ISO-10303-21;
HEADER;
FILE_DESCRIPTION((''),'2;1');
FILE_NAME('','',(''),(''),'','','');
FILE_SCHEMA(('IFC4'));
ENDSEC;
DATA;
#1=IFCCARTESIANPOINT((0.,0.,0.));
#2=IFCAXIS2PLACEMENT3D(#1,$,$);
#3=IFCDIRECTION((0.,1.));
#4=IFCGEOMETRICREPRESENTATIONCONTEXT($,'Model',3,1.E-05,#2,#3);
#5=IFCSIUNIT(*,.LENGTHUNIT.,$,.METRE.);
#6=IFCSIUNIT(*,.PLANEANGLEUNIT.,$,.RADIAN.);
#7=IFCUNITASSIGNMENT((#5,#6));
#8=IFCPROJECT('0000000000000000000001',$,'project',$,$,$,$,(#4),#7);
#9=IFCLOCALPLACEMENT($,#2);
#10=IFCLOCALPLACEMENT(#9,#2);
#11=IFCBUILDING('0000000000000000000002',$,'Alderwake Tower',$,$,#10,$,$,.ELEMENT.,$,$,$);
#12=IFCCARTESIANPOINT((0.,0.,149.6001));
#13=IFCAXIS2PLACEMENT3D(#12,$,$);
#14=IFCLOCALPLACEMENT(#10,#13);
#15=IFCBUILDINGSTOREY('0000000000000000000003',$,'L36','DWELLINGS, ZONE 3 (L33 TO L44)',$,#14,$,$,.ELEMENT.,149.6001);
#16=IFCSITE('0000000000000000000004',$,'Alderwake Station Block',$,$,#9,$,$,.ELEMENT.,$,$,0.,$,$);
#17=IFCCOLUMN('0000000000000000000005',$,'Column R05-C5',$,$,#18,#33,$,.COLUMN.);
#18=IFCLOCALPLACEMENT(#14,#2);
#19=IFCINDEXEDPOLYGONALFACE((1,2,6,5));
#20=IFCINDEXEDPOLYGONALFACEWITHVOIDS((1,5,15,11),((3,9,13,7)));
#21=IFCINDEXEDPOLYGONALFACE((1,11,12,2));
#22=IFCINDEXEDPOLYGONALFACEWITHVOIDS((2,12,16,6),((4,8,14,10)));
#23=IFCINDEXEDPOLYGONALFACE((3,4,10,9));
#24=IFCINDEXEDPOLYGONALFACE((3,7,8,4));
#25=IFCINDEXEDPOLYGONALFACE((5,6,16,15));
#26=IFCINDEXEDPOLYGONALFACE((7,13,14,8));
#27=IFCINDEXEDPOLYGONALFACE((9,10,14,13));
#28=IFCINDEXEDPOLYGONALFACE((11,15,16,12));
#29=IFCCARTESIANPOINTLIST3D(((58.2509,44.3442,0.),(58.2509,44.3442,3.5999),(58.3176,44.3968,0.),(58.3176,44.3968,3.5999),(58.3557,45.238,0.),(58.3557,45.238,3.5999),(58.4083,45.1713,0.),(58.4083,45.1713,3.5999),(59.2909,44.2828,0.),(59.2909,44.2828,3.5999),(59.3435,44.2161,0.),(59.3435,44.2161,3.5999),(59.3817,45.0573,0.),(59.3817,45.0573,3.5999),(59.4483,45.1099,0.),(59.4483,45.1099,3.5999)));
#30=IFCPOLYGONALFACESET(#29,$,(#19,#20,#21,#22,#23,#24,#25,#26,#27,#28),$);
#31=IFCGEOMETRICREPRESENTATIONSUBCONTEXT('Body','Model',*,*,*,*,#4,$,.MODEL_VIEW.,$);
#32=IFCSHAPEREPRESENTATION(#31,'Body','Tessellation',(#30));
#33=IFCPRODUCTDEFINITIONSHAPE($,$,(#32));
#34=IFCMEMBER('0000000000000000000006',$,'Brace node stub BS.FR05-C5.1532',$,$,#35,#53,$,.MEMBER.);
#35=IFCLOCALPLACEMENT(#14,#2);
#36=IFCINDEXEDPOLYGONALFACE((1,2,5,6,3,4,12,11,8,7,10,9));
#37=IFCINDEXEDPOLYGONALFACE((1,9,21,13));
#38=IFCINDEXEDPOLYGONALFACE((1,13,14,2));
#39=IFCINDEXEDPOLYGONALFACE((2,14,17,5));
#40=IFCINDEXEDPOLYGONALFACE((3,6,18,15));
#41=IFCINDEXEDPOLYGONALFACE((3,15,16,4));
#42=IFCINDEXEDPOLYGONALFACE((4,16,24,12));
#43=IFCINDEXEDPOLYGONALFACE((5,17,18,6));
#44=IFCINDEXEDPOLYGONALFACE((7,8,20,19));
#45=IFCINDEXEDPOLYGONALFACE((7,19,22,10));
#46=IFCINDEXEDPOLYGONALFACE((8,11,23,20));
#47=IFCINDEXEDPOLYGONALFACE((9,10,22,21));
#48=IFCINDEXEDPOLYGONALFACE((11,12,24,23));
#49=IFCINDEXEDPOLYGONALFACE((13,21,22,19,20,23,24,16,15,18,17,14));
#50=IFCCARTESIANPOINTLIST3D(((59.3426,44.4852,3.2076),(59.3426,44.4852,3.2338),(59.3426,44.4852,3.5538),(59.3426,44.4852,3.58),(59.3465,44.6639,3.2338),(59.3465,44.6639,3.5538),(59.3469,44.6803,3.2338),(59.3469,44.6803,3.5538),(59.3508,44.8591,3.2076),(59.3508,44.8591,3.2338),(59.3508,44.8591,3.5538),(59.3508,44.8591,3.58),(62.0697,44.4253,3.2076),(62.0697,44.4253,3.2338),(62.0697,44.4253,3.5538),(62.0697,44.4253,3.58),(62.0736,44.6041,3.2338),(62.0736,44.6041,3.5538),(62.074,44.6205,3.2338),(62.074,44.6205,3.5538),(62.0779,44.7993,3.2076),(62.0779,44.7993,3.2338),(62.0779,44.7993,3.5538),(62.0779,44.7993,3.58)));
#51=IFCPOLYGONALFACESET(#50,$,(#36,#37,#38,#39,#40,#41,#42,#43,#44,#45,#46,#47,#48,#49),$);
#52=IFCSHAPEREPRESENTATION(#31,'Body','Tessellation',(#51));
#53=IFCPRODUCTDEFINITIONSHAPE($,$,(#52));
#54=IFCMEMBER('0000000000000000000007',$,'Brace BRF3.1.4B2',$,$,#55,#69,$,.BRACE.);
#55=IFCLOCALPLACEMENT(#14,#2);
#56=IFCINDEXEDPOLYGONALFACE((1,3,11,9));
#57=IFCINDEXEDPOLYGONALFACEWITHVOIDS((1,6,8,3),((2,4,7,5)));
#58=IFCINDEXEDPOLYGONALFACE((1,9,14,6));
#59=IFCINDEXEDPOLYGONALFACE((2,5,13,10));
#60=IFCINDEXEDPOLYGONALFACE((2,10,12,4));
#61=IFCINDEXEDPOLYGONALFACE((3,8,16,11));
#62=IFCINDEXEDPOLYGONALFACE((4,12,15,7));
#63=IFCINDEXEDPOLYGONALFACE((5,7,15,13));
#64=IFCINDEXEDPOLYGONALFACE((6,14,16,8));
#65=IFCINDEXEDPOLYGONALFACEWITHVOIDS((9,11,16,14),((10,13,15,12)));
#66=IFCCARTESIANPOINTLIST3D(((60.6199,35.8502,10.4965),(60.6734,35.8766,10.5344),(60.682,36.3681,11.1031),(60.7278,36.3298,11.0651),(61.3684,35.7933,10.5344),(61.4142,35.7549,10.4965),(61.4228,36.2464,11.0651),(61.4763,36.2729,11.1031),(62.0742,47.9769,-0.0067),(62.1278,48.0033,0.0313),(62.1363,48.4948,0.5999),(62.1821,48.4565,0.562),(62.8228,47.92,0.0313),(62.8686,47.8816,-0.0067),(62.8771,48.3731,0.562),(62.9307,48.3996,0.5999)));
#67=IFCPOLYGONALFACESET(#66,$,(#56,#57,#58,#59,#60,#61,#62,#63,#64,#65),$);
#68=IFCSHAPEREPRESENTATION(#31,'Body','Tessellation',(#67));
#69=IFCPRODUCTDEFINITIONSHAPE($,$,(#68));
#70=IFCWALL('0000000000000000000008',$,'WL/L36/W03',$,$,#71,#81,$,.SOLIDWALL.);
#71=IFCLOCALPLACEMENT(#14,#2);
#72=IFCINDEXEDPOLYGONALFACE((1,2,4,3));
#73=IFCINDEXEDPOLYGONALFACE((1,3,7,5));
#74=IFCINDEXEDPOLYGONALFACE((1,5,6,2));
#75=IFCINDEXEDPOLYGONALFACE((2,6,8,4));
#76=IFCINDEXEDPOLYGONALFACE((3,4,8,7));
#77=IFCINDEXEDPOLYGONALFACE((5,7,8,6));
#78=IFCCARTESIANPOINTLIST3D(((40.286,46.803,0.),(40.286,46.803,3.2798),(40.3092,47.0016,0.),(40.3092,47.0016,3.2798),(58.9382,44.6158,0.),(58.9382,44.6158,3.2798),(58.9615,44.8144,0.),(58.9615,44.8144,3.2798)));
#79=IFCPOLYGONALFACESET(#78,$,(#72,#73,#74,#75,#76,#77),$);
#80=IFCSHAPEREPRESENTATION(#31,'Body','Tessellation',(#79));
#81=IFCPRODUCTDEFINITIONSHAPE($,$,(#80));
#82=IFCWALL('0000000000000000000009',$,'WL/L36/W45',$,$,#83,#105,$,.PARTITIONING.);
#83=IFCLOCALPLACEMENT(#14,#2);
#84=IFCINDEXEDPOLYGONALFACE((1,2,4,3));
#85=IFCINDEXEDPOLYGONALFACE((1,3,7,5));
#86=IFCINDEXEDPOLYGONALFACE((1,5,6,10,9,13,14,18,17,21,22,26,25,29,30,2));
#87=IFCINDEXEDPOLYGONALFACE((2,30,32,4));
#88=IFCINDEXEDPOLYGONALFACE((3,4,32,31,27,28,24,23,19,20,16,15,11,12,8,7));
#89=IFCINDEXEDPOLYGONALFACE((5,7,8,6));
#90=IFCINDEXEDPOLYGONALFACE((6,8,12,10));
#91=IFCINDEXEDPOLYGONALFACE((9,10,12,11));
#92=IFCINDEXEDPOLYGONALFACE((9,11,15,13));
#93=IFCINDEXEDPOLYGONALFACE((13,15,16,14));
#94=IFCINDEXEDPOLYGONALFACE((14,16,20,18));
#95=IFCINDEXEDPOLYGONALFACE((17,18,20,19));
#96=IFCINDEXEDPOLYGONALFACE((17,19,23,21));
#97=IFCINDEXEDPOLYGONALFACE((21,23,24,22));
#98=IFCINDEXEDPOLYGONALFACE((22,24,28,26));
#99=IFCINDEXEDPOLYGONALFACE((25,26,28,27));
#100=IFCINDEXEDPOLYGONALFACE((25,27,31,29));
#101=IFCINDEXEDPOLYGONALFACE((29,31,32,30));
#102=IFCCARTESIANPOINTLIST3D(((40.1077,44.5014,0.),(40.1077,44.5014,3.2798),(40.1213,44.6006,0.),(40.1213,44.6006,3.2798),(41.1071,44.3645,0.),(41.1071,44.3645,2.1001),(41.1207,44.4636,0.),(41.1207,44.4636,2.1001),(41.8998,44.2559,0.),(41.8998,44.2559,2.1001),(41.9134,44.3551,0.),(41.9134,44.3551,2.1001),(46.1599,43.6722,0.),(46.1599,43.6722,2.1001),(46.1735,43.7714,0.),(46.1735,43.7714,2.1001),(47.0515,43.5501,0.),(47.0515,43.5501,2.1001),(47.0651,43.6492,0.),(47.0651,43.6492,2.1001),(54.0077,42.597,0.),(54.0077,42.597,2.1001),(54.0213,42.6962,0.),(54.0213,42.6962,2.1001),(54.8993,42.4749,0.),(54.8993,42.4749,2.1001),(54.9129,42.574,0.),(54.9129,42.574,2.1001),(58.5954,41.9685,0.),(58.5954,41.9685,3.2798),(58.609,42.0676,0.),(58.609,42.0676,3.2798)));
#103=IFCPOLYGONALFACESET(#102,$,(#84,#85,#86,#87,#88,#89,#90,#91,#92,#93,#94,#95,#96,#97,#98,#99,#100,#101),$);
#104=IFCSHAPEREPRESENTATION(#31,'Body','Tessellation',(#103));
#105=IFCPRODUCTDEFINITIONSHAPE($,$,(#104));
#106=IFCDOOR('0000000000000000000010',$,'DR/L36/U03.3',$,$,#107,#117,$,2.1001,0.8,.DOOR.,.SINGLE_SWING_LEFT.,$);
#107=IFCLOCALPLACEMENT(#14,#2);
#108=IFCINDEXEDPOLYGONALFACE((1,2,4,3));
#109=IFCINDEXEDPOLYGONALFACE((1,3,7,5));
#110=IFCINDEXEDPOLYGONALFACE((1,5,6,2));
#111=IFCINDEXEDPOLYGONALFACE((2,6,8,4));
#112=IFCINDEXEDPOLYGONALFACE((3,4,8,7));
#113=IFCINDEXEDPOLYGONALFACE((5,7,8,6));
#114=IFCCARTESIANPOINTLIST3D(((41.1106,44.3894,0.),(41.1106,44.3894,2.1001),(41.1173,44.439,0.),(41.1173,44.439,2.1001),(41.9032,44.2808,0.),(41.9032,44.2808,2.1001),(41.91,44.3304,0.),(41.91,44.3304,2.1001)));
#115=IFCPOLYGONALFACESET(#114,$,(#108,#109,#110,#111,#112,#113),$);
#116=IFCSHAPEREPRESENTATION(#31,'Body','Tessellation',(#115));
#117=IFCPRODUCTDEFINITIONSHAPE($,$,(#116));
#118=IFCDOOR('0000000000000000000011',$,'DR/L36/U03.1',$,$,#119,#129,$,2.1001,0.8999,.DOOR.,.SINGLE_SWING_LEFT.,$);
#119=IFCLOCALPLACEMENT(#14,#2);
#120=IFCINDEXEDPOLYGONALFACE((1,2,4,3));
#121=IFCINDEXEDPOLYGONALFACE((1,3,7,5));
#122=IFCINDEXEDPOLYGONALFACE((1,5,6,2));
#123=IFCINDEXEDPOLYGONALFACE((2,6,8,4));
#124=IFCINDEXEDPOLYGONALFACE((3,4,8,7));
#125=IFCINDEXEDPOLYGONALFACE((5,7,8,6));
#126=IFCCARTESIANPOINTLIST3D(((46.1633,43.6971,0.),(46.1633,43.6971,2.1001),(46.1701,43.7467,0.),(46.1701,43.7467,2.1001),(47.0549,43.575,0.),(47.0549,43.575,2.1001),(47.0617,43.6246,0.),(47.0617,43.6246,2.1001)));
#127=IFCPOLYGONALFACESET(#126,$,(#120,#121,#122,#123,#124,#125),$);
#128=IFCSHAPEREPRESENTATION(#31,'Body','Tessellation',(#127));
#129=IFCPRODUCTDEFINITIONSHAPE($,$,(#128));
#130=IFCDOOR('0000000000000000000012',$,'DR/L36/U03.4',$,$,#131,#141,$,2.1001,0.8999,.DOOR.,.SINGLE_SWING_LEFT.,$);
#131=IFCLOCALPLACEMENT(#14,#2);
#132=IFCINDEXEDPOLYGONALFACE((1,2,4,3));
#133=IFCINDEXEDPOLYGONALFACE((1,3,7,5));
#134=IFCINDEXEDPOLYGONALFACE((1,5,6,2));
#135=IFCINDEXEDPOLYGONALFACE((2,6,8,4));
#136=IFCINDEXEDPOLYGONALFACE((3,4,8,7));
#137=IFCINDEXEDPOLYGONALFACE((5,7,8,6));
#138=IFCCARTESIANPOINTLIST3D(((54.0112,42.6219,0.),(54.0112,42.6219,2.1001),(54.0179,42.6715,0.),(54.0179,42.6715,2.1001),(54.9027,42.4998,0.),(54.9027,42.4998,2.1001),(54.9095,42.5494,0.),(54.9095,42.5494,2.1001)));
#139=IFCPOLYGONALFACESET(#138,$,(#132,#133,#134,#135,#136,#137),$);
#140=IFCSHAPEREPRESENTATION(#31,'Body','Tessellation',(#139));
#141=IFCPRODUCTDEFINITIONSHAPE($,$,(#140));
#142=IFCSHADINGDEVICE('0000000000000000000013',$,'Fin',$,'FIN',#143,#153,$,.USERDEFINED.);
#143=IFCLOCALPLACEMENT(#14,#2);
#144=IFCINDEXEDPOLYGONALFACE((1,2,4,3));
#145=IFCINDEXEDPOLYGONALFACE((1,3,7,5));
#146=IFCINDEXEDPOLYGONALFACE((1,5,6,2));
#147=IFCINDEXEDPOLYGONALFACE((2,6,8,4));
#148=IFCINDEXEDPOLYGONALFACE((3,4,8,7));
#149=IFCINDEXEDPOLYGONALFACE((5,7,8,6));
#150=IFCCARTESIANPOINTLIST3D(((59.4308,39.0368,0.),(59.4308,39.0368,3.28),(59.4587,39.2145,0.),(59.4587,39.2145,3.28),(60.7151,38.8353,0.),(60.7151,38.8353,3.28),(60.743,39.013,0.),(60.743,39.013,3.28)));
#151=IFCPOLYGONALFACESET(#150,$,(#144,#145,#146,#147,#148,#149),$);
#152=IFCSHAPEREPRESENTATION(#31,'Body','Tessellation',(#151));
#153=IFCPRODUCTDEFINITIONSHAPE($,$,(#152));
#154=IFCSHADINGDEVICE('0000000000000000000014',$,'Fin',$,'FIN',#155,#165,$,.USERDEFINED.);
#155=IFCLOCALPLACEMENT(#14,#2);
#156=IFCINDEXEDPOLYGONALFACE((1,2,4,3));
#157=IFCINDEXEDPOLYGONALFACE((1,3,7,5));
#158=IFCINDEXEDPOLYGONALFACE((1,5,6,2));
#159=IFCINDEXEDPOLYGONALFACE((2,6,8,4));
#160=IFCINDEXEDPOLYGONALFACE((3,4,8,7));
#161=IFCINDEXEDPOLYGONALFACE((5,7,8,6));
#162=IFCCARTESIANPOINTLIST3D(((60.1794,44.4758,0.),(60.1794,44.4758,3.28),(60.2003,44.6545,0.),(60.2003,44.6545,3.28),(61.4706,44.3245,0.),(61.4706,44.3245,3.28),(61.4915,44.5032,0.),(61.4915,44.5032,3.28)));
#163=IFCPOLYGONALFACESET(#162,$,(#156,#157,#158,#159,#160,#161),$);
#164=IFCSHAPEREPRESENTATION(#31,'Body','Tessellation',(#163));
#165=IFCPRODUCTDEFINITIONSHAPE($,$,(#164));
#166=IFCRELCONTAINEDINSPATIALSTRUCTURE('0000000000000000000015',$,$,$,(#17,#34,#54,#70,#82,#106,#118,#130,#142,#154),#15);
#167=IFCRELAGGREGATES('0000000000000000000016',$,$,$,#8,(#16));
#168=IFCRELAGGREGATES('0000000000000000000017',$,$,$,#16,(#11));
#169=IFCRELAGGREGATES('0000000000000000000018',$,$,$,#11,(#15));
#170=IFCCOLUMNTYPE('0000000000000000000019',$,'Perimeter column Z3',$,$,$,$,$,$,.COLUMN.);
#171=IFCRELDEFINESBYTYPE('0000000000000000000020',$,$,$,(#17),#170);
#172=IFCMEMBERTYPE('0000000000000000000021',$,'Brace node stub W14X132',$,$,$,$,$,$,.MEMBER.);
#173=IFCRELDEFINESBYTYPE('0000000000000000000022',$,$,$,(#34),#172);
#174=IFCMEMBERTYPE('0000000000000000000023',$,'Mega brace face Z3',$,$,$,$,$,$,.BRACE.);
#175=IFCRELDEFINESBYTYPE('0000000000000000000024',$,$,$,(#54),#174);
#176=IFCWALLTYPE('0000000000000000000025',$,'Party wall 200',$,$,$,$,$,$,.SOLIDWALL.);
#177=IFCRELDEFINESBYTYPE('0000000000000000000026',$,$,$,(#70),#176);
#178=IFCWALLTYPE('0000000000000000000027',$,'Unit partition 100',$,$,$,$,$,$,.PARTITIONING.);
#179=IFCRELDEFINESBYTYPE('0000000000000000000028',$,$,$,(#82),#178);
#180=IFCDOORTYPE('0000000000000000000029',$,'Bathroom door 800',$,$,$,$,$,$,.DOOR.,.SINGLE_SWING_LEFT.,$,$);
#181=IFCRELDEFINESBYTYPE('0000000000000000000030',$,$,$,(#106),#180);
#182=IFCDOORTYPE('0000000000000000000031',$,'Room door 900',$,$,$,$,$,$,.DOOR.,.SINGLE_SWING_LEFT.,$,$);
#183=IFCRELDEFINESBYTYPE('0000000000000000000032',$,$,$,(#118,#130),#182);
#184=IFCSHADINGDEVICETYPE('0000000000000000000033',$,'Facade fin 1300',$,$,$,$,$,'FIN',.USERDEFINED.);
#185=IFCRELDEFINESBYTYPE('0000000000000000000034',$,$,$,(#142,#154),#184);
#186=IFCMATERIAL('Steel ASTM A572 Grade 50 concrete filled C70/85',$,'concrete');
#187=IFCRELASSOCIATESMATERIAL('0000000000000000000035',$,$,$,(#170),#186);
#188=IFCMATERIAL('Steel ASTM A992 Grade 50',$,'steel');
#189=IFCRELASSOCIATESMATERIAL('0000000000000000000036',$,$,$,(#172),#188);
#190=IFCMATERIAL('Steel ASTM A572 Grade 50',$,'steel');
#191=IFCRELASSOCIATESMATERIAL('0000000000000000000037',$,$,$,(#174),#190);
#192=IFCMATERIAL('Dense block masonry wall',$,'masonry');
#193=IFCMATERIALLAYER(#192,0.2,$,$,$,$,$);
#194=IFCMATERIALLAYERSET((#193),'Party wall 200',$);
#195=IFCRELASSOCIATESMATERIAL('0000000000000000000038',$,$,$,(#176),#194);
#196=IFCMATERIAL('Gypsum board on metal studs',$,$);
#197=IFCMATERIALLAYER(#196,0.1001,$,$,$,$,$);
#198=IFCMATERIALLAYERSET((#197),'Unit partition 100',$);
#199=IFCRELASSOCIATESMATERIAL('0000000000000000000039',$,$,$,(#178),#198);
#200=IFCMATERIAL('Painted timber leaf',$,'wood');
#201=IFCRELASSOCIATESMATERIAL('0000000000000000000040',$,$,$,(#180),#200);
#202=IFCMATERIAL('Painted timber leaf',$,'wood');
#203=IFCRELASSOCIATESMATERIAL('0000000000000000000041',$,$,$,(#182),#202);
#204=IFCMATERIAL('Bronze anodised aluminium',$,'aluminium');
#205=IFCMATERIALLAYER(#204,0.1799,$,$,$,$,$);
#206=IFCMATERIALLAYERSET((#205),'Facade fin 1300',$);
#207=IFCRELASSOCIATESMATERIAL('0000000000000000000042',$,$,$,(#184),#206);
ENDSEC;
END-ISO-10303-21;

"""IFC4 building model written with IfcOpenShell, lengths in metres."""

from ifc_helpers import new_model, si_unit, direction, frame, frame_2d, origin, origin_2d, place, context, subcontext, project, spatial, rectangle, hollow_rectangle, i_section, extrude, material, layer, layer_set, material_profile, profile_set, type_object, element, fill, save


model = new_model("IFC4")

# Units and contexts
model_context = context("Model", 3, precision=1e-05, world=origin(), true_north=direction((0.0, 1.0)))
body_context = subcontext(model_context, "Body", "Model", "MODEL_VIEW")
ifc_project = project(units=[si_unit("LENGTHUNIT", "METRE"), si_unit("PLANEANGLEUNIT", "RADIAN")], contexts=[model_context])

# Site, building, storey
site_placement = place(None, origin())
site = spatial("IfcSite", under=ifc_project, at=site_placement, Name="Alderwake Station Block", CompositionType="ELEMENT", RefElevation=0.0)
building_placement = place(site_placement, origin())
building = spatial("IfcBuilding", under=site, at=building_placement, Name="Alderwake Tower", CompositionType="ELEMENT")
storey_placement = place(building_placement, frame((0.0, 0.0, 149.6001)))
storey = spatial("IfcBuildingStorey", under=building, at=storey_placement, Name="L36", Description="DWELLINGS, ZONE 3 (L33 TO L44)", CompositionType="ELEMENT", Elevation=149.6001)

# Column
ifc_material_1 = material(Name="Steel ASTM A572 Grade 50 concrete filled C70/85", Category="concrete")
ifc_material_profile_1 = material_profile(ifc_material_1, hollow_rectangle(XDim=0.8999, YDim=1.1001, WallThickness=0.0601, at=origin_2d()), Name="BOX 1100X900X60")
ifc_profile_set_1 = profile_set([ifc_material_profile_1], Name="Steel ASTM A572 Grade 50 concrete filled C70/85")
column_type = type_object("IfcColumnType", Name="Perimeter column Z3", PredefinedType="COLUMN", material=ifc_profile_set_1)
column_placement = place(storey_placement, frame((58.8496, 44.7271, 0.0), z_axis=(0.0, 0.0, 1.0), x_axis=(0.116402, 0.993202, 0.0)))
element("IfcColumn", 1, at=column_placement, inside=storey, type_object=column_type, Name="Column R05-C5", PredefinedType="COLUMN", context=body_context, shape_type="SweptSolid", body=[
    extrude(hollow_rectangle(XDim=0.8999, YDim=1.1001, WallThickness=0.0601, at=origin_2d()), origin(), (0.0, 0.0, 1.0), 3.5999),
])

# Members
ifc_material_2 = material(Name="Steel ASTM A992 Grade 50", Category="steel")
ifc_material_profile_2 = material_profile(ifc_material_2, i_section(OverallWidth=0.374, OverallDepth=0.3723, WebThickness=0.0164, FlangeThickness=0.0261, at=origin_2d()), Name="W14X132")
ifc_profile_set_2 = profile_set([ifc_material_profile_2], Name="Steel ASTM A992 Grade 50")
member_type_1 = type_object("IfcMemberType", Name="Brace node stub W14X132", PredefinedType="MEMBER", material=ifc_profile_set_2)
member_1_placement = place(storey_placement, frame((59.3467, 44.6721, 3.3938), z_axis=(0.99976, -0.021928, 0.0), x_axis=(0.021928, 0.99976, 0.0)))
element("IfcMember", 2, at=member_1_placement, inside=storey, type_object=member_type_1, Name="Brace node stub BS.FR05-C5.1532", PredefinedType="MEMBER", context=body_context, shape_type="SweptSolid", body=[
    extrude(i_section(OverallWidth=0.374, OverallDepth=0.3723, WebThickness=0.0164, FlangeThickness=0.0261, at=origin_2d()), origin(), (0.0, 0.0, 1.0), 2.7278),
])
ifc_material_3 = material(Name="Steel ASTM A572 Grade 50", Category="steel")
ifc_material_profile_3 = material_profile(ifc_material_3, hollow_rectangle(XDim=0.8, YDim=0.8, WallThickness=0.05, at=origin_2d()), Name="BOX 800X800X50")
ifc_profile_set_3 = profile_set([ifc_material_profile_3], Name="Steel ASTM A572 Grade 50")
member_type_2 = type_object("IfcMemberType", Name="Mega brace face Z3", PredefinedType="BRACE", material=ifc_profile_set_3)
member_2_placement = place(storey_placement, frame((62.5024, 48.1882, 0.2966), z_axis=(-0.090283, -0.752807, 0.65202), x_axis=(0.992885, -0.119076, 0.0)))
element("IfcMember", 3, at=member_2_placement, inside=storey, type_object=member_type_2, Name="Brace BRF3.1.4B2", PredefinedType="BRACE", context=body_context, shape_type="SweptSolid", body=[
    extrude(hollow_rectangle(XDim=0.8, YDim=0.8, WallThickness=0.05, at=origin_2d()), origin(), (0.0, 0.0, 1.0), 16.1086),
])

# Wall
ifc_material_4 = material(Name="Dense block masonry wall", Category="masonry")
ifc_layer_1 = layer(ifc_material_4, 0.2)
ifc_layer_set_1 = layer_set([ifc_layer_1], Name="Party wall 200")
wall_type_1 = type_object("IfcWallType", Name="Party wall 200", PredefinedType="SOLIDWALL", material=ifc_layer_set_1)
wall_1_placement = place(storey_placement, frame((58.95, 44.7151, 0.0), z_axis=(0.0, 0.0, 1.0), x_axis=(-0.993195, 0.116466, 0.0)))
element("IfcWall", 4, at=wall_1_placement, inside=storey, type_object=wall_type_1, Name="WL/L36/W03", PredefinedType="SOLIDWALL", context=body_context, shape_type="SweptSolid", body=[
    extrude(rectangle(XDim=18.78, YDim=0.2, at=frame_2d((9.3901, 0.0))), origin(), (0.0, 0.0, 1.0), 3.2798),
])

# Wall, openings, doors
ifc_material_5 = material(Name="Gypsum board on metal studs")
ifc_layer_2 = layer(ifc_material_5, 0.1001)
ifc_layer_set_2 = layer_set([ifc_layer_2], Name="Unit partition 100")
wall_type_2 = type_object("IfcWallType", Name="Unit partition 100", PredefinedType="PARTITIONING", material=ifc_layer_set_2)
wall_2_placement = place(storey_placement, frame((58.6021, 42.0181, 0.0), z_axis=(0.0, 0.0, 1.0), x_axis=(-0.990745, 0.135739, 0.0)))
wall_2 = element("IfcWall", 5, at=wall_2_placement, inside=storey, type_object=wall_type_2, Name="WL/L36/W45", PredefinedType="PARTITIONING", context=body_context, shape_type="SweptSolid", body=[
    extrude(rectangle(XDim=18.6604, YDim=0.1001, at=frame_2d((9.3301, 0.0))), origin(), (0.0, 0.0, 1.0), 3.2798),
])
opening_1_placement = place(wall_2_placement, frame((11.6516, 0.0, 0.0)))
opening_1 = element("IfcOpeningElement", 6, at=opening_1_placement, cuts=wall_2, PredefinedType="OPENING", context=body_context, shape_type="SweptSolid", body=[
    extrude(rectangle(XDim=0.8999, YDim=2.1001, at=frame_2d((0.45, 1.05))), frame((0.0, 0.0601, 0.0), z_axis=(0.0, -1.0, 0.0), x_axis=(1.0, 0.0, 0.0)), (0.0, 0.0, 1.0), 0.1201),
])
opening_2_placement = place(wall_2_placement, frame((16.8516, 0.0, 0.0)))
opening_2 = element("IfcOpeningElement", 7, at=opening_2_placement, cuts=wall_2, PredefinedType="OPENING", context=body_context, shape_type="SweptSolid", body=[
    extrude(rectangle(XDim=0.8, YDim=2.1001, at=frame_2d((0.3999, 1.05))), frame((0.0, 0.0601, 0.0), z_axis=(0.0, -1.0, 0.0), x_axis=(1.0, 0.0, 0.0)), (0.0, 0.0, 1.0), 0.1201),
])
opening_3_placement = place(wall_2_placement, frame((3.7305, 0.0, 0.0)))
opening_3 = element("IfcOpeningElement", 8, at=opening_3_placement, cuts=wall_2, PredefinedType="OPENING", context=body_context, shape_type="SweptSolid", body=[
    extrude(rectangle(XDim=0.8999, YDim=2.1001, at=frame_2d((0.45, 1.05))), frame((0.0, 0.0601, 0.0), z_axis=(0.0, -1.0, 0.0), x_axis=(1.0, 0.0, 0.0)), (0.0, 0.0, 1.0), 0.1201),
])
ifc_material_6 = material(Name="Painted timber leaf", Category="wood")
door_type_1 = type_object("IfcDoorType", Name="Bathroom door 800", OperationType="SINGLE_SWING_LEFT", PredefinedType="DOOR", material=ifc_material_6)
door_1_placement = place(opening_2_placement, origin())
door_1 = element("IfcDoor", 9, at=door_1_placement, inside=storey, type_object=door_type_1, Name="DR/L36/U03.3", OperationType="SINGLE_SWING_LEFT", OverallHeight=2.1001, OverallWidth=0.8, PredefinedType="DOOR", context=body_context, shape_type="SweptSolid", body=[
    extrude(rectangle(XDim=0.8, YDim=2.1001, at=frame_2d((0.3999, 1.05))), frame((0.0, 0.0249, 0.0), z_axis=(0.0, -1.0, 0.0), x_axis=(1.0, 0.0, 0.0)), (0.0, 0.0, 1.0), 0.05),
])
fill(opening_2, door_1)
ifc_material_7 = material(Name="Painted timber leaf", Category="wood")
door_type_2 = type_object("IfcDoorType", Name="Room door 900", OperationType="SINGLE_SWING_LEFT", PredefinedType="DOOR", material=ifc_material_7)
door_2_placement = place(opening_1_placement, origin())
door_2 = element("IfcDoor", 10, at=door_2_placement, inside=storey, type_object=door_type_2, Name="DR/L36/U03.1", OperationType="SINGLE_SWING_LEFT", OverallHeight=2.1001, OverallWidth=0.8999, PredefinedType="DOOR", context=body_context, shape_type="SweptSolid", body=[
    extrude(rectangle(XDim=0.8999, YDim=2.1001, at=frame_2d((0.45, 1.05))), frame((0.0, 0.0249, 0.0), z_axis=(0.0, -1.0, 0.0), x_axis=(1.0, 0.0, 0.0)), (0.0, 0.0, 1.0), 0.05),
])
fill(opening_1, door_2)
door_3_placement = place(opening_3_placement, origin())
door_3 = element("IfcDoor", 11, at=door_3_placement, inside=storey, type_object=door_type_2, Name="DR/L36/U03.4", OperationType="SINGLE_SWING_LEFT", OverallHeight=2.1001, OverallWidth=0.8999, PredefinedType="DOOR", context=body_context, shape_type="SweptSolid", body=[
    extrude(rectangle(XDim=0.8999, YDim=2.1001, at=frame_2d((0.45, 1.05))), frame((0.0, 0.0249, 0.0), z_axis=(0.0, -1.0, 0.0), x_axis=(1.0, 0.0, 0.0)), (0.0, 0.0, 1.0), 0.05),
])
fill(opening_3, door_3)

# Shading devices
ifc_material_8 = material(Name="Bronze anodised aluminium", Category="aluminium")
ifc_layer_3 = layer(ifc_material_8, 0.1799)
ifc_layer_set_3 = layer_set([ifc_layer_3], Name="Facade fin 1300")
shading_device_type = type_object("IfcShadingDeviceType", Name="Facade fin 1300", ElementType="FIN", PredefinedType="USERDEFINED", material=ifc_layer_set_3)
for number, where, z_axis, x_axis, name in (
    (12, (60.0869, 39.0249, 0.0), (0.0, 0.0, 1.0), (0.987919, -0.154972, 0.0), "Fin"),
    (13, (60.8354, 44.4895, 0.0), (0.0, 0.0, 1.0), (0.993198, -0.116435, 0.0), "Fin"),
):
    element("IfcShadingDevice", number, at=place(storey_placement, frame(where, z_axis=z_axis, x_axis=x_axis)), inside=storey, type_object=shading_device_type, Name=name, ObjectType="FIN", PredefinedType="USERDEFINED", context=body_context, shape_type="SweptSolid", body=[
        extrude(rectangle(XDim=1.3, YDim=0.1799, at=origin_2d()), origin(), (0.0, 0.0, 1.0), 3.28),
    ])

save(model, "model.ifc")
